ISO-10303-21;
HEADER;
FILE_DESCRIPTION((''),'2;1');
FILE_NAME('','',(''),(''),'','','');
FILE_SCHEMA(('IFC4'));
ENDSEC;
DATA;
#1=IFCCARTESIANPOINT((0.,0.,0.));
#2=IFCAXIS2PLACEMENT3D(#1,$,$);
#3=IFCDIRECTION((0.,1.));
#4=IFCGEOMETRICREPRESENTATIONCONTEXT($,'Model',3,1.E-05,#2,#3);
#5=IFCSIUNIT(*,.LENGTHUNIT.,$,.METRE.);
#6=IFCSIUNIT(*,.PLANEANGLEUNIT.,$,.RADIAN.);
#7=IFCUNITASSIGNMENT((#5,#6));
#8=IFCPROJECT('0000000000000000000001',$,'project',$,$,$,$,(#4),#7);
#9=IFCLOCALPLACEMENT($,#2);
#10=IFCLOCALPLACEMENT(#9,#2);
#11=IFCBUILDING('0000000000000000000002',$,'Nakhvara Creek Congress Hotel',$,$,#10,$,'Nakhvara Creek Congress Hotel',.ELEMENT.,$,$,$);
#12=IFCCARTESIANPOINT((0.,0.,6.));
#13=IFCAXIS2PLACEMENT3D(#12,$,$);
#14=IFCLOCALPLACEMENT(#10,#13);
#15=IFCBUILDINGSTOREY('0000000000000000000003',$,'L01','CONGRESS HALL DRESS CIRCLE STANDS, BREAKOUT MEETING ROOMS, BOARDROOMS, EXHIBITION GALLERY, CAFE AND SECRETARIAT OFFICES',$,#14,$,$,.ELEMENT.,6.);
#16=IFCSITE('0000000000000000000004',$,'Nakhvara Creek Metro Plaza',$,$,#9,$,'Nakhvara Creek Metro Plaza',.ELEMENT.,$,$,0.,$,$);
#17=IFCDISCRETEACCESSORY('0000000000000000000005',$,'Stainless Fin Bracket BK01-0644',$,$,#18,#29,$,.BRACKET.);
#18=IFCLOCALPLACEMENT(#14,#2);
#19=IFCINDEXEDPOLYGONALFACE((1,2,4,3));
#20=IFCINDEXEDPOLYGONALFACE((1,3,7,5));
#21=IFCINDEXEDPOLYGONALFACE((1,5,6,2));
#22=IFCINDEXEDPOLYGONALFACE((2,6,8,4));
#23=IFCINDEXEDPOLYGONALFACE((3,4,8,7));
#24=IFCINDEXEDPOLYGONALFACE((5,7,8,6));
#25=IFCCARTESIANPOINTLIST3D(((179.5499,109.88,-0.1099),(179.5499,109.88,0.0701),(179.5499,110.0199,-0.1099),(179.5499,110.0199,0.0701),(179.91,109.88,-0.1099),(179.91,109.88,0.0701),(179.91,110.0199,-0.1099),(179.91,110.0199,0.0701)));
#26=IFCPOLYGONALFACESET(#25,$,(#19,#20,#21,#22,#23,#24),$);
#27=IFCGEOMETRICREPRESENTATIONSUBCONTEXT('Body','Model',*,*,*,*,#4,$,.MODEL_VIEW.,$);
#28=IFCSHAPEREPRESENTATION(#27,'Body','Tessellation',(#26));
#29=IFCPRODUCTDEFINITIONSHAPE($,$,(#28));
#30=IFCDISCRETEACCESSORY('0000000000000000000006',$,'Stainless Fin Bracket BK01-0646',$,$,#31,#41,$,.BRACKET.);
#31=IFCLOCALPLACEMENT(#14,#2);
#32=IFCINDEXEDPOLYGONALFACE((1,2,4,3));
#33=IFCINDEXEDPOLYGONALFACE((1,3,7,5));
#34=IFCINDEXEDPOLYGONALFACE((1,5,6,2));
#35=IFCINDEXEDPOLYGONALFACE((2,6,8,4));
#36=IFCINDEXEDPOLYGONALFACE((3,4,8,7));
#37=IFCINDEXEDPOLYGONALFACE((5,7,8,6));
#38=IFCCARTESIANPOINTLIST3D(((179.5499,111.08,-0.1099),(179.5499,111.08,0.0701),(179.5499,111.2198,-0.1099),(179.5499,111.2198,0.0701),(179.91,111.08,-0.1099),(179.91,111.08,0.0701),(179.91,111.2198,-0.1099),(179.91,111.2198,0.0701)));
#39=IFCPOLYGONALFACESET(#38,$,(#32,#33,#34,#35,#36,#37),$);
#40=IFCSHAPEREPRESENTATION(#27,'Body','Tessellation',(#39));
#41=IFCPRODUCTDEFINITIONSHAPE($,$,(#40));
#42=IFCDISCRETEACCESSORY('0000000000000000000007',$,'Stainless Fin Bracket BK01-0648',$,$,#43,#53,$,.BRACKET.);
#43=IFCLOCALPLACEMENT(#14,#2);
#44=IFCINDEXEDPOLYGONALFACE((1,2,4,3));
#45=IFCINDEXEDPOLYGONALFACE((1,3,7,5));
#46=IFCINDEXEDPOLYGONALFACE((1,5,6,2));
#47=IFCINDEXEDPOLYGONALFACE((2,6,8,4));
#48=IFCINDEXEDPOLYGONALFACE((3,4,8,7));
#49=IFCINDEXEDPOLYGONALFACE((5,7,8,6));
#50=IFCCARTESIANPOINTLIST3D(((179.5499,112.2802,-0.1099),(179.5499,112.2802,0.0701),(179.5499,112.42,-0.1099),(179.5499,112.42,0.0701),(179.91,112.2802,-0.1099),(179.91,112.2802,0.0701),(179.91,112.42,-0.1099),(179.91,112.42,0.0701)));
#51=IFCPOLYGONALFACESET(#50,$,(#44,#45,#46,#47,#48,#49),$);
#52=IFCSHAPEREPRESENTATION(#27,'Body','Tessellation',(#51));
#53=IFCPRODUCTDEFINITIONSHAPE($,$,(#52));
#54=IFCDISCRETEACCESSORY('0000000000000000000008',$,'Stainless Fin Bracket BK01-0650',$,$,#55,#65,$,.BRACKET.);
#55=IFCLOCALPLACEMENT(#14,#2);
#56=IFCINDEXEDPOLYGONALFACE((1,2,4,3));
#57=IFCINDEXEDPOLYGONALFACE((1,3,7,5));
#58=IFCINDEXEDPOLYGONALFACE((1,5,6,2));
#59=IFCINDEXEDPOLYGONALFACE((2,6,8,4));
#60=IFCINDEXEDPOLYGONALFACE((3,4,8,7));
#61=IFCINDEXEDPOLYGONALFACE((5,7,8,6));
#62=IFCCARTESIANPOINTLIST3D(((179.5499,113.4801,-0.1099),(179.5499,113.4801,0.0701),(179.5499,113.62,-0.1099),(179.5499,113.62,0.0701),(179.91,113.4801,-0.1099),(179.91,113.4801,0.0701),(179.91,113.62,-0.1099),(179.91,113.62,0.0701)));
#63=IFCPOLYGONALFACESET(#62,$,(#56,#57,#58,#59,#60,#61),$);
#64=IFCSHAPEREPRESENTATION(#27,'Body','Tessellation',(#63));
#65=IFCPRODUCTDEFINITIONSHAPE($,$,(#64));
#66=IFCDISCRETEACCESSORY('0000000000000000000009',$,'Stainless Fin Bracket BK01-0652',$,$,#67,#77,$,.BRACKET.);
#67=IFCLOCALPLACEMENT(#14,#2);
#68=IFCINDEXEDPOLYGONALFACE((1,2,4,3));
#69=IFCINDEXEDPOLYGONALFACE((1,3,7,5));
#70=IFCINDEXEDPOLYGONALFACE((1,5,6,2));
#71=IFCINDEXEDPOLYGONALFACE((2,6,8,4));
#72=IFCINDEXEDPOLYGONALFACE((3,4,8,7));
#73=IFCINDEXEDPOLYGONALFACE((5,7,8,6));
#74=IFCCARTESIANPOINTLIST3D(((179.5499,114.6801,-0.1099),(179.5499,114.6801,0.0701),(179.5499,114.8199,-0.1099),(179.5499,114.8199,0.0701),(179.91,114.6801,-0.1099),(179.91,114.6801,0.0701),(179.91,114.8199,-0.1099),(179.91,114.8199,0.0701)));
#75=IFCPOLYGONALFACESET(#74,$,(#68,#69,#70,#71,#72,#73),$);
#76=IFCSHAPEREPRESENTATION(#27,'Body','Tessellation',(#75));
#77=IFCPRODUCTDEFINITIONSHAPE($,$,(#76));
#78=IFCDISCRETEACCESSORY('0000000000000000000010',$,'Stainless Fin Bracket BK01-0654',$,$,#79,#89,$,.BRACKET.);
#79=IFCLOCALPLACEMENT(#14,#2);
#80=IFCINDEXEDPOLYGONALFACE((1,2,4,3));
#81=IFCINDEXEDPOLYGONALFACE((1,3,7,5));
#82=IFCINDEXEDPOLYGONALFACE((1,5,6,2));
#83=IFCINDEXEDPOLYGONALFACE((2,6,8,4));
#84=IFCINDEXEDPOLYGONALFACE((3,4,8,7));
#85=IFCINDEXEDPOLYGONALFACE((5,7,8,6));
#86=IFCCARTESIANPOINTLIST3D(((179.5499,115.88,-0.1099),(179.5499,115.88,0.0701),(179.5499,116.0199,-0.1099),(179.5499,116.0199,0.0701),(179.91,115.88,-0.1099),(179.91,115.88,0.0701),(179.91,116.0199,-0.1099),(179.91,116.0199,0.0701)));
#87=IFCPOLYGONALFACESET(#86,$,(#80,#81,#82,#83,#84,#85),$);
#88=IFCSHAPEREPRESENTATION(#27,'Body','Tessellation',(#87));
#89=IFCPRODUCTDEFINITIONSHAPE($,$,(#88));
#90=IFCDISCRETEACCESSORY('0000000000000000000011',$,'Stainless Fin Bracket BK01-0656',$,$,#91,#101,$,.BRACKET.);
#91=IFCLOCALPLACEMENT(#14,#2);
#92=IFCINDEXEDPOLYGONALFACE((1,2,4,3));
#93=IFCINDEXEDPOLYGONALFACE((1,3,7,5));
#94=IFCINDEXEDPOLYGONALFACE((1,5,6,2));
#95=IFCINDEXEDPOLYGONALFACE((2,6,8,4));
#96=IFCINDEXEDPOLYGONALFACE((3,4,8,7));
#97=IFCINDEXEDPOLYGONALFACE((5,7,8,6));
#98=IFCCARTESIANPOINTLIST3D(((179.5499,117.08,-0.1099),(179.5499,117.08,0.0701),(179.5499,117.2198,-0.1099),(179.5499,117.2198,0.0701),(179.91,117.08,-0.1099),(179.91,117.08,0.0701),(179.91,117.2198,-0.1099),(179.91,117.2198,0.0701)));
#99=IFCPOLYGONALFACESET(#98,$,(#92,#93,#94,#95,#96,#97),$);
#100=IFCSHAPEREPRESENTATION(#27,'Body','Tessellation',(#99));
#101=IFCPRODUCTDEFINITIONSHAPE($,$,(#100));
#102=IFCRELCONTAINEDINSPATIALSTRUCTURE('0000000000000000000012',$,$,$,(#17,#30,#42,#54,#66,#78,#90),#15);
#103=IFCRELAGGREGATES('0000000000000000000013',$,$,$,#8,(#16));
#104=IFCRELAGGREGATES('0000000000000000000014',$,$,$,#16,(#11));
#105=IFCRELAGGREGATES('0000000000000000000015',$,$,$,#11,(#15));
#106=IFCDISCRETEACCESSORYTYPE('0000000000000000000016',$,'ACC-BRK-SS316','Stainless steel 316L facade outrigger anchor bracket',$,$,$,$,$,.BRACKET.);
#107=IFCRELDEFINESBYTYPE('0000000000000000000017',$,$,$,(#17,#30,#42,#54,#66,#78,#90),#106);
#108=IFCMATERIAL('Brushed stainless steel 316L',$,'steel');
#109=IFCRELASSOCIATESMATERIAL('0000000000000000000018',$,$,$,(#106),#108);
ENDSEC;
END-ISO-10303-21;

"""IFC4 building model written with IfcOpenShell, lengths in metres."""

from ifc_helpers import new_model, si_unit, direction, frame, origin, origin_2d, place, context, subcontext, project, spatial, rectangle, extrude, material, type_object, element, save


model = new_model("IFC4")

# Units and contexts
model_context = context("Model", 3, precision=1e-05, world=origin(), true_north=direction((0.0, 1.0)))
body_context = subcontext(model_context, "Body", "Model", "MODEL_VIEW")
ifc_project = project(units=[si_unit("LENGTHUNIT", "METRE"), si_unit("PLANEANGLEUNIT", "RADIAN")], contexts=[model_context])

# Site, building, storey
site_placement = place(None, origin())
site = spatial("IfcSite", under=ifc_project, at=site_placement, Name="Nakhvara Creek Metro Plaza", LongName="Nakhvara Creek Metro Plaza", CompositionType="ELEMENT", RefElevation=0.0)
building_placement = place(site_placement, origin())
building = spatial("IfcBuilding", under=site, at=building_placement, Name="Nakhvara Creek Congress Hotel", LongName="Nakhvara Creek Congress Hotel", CompositionType="ELEMENT")
storey_placement = place(building_placement, frame((0.0, 0.0, 6.0)))
storey = spatial("IfcBuildingStorey", under=building, at=storey_placement, Name="L01", Description="CONGRESS HALL DRESS CIRCLE STANDS, BREAKOUT MEETING ROOMS, BOARDROOMS, EXHIBITION GALLERY, CAFE AND SECRETARIAT OFFICES", CompositionType="ELEMENT", Elevation=6.0)

# Discrete accessories
ifc_material_1 = material(Name="Brushed stainless steel 316L", Category="steel")
discrete_accessory_type = type_object("IfcDiscreteAccessoryType", Name="ACC-BRK-SS316", Description="Stainless steel 316L facade outrigger anchor bracket", PredefinedType="BRACKET", material=ifc_material_1)
for number, where, z_axis, x_axis, name in (
    (1, (179.73, 109.95, -0.1099), (0.0, 0.0, 1.0), (0.0, 1.0, 0.0), "Stainless Fin Bracket BK01-0644"),
    (2, (179.73, 111.1499, -0.1099), (0.0, 0.0, 1.0), (0.0, 1.0, 0.0), "Stainless Fin Bracket BK01-0646"),
    (3, (179.73, 112.3501, -0.1099), (0.0, 0.0, 1.0), (0.0, 1.0, 0.0), "Stainless Fin Bracket BK01-0648"),
    (4, (179.73, 113.55, -0.1099), (0.0, 0.0, 1.0), (0.0, 1.0, 0.0), "Stainless Fin Bracket BK01-0650"),
    (5, (179.73, 114.75, -0.1099), (0.0, 0.0, 1.0), (0.0, 1.0, 0.0), "Stainless Fin Bracket BK01-0652"),
    (6, (179.73, 115.95, -0.1099), (0.0, 0.0, 1.0), (0.0, 1.0, 0.0), "Stainless Fin Bracket BK01-0654"),
    (7, (179.73, 117.1499, -0.1099), (0.0, 0.0, 1.0), (0.0, 1.0, 0.0), "Stainless Fin Bracket BK01-0656"),
):
    element("IfcDiscreteAccessory", number, at=place(storey_placement, frame(where, z_axis=z_axis, x_axis=x_axis)), inside=storey, type_object=discrete_accessory_type, Name=name, PredefinedType="BRACKET", context=body_context, shape_type="SweptSolid", body=[
        extrude(rectangle(XDim=0.1399, YDim=0.3601, at=origin_2d()), origin(), (0.0, 0.0, 1.0), 0.1799),
    ])

save(model, "model.ifc")
